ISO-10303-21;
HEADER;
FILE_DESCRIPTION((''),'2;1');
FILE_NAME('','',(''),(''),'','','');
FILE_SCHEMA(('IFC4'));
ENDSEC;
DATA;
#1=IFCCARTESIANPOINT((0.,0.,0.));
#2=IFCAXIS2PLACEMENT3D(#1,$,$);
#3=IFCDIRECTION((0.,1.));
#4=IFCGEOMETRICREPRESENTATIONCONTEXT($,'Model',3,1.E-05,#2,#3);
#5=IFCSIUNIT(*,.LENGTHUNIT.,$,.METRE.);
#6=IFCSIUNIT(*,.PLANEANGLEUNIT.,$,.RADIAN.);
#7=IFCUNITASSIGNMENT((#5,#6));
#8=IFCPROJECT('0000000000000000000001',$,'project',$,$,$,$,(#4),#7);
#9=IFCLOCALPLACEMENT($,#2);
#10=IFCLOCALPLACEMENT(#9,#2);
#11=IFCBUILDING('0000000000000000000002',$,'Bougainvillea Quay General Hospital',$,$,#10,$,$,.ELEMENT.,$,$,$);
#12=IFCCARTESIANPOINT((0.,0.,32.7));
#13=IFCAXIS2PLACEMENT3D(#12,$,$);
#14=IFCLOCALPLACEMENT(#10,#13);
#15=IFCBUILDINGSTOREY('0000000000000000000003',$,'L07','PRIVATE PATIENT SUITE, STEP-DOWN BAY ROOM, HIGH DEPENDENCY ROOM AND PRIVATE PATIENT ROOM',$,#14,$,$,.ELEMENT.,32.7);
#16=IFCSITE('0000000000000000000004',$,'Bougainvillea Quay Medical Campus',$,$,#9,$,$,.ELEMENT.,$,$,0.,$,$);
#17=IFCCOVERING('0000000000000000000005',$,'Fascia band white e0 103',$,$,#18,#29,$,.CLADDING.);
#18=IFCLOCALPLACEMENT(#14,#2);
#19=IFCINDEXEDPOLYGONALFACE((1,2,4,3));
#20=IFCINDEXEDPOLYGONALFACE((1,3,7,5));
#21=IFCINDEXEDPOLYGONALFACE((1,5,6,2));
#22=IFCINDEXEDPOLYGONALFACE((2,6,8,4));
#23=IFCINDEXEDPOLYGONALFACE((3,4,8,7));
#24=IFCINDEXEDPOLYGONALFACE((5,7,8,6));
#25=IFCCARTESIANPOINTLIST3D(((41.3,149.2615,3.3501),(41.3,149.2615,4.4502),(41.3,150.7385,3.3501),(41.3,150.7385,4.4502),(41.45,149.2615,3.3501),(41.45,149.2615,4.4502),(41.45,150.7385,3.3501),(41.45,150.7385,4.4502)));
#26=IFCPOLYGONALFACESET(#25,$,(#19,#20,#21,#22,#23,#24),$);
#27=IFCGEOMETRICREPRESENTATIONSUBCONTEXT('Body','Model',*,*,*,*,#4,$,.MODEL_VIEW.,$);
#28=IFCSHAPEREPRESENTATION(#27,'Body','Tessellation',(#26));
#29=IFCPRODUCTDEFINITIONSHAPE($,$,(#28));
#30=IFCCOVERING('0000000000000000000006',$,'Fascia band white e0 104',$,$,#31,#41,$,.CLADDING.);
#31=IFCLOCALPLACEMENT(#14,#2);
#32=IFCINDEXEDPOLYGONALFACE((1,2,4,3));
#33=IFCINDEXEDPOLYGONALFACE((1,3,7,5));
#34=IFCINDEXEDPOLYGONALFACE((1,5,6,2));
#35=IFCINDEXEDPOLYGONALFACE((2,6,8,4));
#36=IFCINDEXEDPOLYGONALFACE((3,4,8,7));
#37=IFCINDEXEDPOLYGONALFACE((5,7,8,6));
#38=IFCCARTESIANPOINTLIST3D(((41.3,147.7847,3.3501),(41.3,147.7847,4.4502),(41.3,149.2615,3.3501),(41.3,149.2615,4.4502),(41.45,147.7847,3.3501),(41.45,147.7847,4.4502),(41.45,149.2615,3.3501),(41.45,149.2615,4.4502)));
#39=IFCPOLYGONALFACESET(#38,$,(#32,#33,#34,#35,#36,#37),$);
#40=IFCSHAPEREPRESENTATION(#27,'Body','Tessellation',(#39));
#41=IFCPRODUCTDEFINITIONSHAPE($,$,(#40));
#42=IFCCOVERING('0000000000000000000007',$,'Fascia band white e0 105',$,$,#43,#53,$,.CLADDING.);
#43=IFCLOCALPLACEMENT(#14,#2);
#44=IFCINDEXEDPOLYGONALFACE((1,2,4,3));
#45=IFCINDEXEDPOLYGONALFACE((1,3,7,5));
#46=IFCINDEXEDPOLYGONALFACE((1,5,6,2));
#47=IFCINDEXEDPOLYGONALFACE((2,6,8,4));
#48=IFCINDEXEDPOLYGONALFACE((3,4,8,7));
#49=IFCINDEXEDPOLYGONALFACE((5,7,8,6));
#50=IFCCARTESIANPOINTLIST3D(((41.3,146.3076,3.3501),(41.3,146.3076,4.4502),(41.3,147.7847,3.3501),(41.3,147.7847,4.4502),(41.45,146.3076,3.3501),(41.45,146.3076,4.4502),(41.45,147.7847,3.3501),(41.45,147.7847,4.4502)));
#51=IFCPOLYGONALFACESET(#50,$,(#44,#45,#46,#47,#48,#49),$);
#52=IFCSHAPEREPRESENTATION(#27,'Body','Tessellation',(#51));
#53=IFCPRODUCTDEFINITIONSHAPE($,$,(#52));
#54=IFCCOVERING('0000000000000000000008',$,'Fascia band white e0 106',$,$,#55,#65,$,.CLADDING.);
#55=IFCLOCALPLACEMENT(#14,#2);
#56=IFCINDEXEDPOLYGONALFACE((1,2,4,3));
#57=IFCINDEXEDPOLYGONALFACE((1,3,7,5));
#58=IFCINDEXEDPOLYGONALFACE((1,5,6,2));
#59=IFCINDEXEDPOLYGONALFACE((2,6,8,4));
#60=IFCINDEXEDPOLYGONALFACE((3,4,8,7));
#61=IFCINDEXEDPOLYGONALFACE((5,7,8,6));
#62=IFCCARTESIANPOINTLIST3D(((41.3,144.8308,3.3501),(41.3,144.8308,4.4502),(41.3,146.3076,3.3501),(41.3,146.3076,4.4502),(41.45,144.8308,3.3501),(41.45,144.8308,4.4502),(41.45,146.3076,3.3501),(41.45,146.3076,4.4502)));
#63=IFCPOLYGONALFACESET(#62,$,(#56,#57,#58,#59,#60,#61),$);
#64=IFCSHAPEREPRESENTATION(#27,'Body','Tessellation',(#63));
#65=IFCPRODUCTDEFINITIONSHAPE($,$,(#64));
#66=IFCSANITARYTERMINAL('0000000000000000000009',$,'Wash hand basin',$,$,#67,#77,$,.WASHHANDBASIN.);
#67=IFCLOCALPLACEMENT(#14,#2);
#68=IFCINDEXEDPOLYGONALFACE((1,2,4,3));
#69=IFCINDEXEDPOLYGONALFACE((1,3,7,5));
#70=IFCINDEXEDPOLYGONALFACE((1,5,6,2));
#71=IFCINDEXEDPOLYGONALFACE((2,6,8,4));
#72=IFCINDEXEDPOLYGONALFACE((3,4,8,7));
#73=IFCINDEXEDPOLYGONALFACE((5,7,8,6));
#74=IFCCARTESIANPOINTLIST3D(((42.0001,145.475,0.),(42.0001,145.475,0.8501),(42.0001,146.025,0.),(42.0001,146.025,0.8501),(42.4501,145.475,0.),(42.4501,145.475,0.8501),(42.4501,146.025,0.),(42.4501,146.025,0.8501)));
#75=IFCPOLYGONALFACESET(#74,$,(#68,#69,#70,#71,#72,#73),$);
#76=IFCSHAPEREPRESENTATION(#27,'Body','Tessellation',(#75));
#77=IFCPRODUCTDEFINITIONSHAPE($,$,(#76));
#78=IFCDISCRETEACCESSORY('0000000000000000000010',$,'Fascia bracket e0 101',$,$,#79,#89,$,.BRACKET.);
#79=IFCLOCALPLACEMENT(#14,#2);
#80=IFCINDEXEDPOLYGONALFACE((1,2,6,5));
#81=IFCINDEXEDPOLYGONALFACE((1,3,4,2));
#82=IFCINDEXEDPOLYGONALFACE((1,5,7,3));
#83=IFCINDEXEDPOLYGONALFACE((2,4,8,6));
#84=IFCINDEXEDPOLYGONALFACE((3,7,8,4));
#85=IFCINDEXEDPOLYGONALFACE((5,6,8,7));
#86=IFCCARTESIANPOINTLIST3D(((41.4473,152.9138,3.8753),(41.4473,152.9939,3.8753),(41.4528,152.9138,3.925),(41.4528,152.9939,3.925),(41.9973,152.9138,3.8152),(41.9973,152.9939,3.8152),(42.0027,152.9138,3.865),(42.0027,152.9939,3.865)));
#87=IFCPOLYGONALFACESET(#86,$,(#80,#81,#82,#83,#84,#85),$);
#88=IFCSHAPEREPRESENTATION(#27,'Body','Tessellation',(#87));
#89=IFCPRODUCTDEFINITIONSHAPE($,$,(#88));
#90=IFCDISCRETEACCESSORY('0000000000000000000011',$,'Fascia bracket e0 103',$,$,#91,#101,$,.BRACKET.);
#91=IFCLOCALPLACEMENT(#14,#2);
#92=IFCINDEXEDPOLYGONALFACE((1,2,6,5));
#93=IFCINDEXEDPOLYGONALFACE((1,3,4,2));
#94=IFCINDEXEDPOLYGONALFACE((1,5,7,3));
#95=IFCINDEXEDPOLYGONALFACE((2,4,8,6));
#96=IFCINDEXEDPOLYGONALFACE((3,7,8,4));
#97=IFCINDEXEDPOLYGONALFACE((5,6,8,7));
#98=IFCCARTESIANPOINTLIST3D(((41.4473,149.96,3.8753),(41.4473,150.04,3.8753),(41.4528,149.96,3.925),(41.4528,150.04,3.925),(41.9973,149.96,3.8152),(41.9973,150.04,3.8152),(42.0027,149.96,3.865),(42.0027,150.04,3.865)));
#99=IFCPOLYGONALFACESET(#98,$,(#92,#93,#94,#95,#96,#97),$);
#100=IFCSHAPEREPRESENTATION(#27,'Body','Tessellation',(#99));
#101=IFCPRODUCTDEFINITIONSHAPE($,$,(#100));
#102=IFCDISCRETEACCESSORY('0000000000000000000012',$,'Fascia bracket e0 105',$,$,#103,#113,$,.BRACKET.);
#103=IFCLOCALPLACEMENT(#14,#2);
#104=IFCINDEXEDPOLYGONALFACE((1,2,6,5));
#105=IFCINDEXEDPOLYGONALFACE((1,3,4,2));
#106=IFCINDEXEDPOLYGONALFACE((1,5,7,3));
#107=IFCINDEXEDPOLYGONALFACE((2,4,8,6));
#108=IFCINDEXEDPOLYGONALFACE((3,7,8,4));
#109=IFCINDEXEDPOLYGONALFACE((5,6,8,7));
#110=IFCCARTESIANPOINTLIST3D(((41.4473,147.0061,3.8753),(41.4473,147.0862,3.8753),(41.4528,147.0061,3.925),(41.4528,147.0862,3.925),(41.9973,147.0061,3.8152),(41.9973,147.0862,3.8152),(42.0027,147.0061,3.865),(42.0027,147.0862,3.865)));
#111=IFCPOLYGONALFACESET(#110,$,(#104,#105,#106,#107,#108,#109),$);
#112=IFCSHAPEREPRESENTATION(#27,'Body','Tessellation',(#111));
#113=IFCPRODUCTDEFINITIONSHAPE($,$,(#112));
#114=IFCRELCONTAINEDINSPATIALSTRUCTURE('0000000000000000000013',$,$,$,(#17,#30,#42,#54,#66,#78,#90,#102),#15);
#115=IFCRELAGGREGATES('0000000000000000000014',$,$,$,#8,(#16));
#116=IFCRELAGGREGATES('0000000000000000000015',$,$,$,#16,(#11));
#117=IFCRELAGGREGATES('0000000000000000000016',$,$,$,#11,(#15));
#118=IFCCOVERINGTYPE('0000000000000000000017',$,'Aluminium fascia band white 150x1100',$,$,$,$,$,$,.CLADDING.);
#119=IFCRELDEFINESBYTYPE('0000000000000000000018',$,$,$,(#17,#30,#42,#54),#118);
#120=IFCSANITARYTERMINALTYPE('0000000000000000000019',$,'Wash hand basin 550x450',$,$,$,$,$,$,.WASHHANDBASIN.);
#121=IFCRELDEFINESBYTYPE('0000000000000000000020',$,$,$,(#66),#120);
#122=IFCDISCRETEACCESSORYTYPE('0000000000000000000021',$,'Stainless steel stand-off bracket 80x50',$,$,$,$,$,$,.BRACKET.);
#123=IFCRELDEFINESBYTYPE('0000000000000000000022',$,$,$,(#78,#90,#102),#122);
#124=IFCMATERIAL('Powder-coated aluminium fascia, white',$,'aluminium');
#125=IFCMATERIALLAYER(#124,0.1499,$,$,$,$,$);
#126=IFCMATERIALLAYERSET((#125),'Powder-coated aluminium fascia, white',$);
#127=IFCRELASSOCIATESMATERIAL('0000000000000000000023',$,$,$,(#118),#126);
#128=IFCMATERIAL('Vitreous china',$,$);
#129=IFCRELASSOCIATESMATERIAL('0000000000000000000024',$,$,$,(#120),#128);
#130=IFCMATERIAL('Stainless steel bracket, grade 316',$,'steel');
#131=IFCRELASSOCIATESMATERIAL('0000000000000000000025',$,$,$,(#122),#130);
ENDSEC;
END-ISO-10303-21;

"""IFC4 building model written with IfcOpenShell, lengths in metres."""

from ifc_helpers import new_model, si_unit, direction, frame, origin, origin_2d, place, context, subcontext, project, spatial, polyline, rectangle, outline, extrude, material, layer, layer_set, material_profile, profile_set, type_object, element, save


model = new_model("IFC4")

# Units and contexts
model_context = context("Model", 3, precision=1e-05, world=origin(), true_north=direction((0.0, 1.0)))
body_context = subcontext(model_context, "Body", "Model", "MODEL_VIEW")
ifc_project = project(units=[si_unit("LENGTHUNIT", "METRE"), si_unit("PLANEANGLEUNIT", "RADIAN")], contexts=[model_context])

# Site, building, storey
site_placement = place(None, origin())
site = spatial("IfcSite", under=ifc_project, at=site_placement, Name="Bougainvillea Quay Medical Campus", CompositionType="ELEMENT", RefElevation=0.0)
building_placement = place(site_placement, origin())
building = spatial("IfcBuilding", under=site, at=building_placement, Name="Bougainvillea Quay General Hospital", CompositionType="ELEMENT")
storey_placement = place(building_placement, frame((0.0, 0.0, 32.7)))
storey = spatial("IfcBuildingStorey", under=building, at=storey_placement, Name="L07", Description="PRIVATE PATIENT SUITE, STEP-DOWN BAY ROOM, HIGH DEPENDENCY ROOM AND PRIVATE PATIENT ROOM", CompositionType="ELEMENT", Elevation=32.7)

# Coverings
ifc_material_1 = material(Name="Powder-coated aluminium fascia, white", Category="aluminium")
ifc_layer_1 = layer(ifc_material_1, 0.1499)
ifc_layer_set_1 = layer_set([ifc_layer_1], Name="Powder-coated aluminium fascia, white")
covering_type = type_object("IfcCoveringType", Name="Aluminium fascia band white 150x1100", PredefinedType="CLADDING", material=ifc_layer_set_1)
covering_1_placement = place(storey_placement, frame((41.45, 150.7385, 3.3501), z_axis=(0.0, 0.0, 1.0), x_axis=(0.0, -1.0, 0.0)))
element("IfcCovering", 1, at=covering_1_placement, inside=storey, type_object=covering_type, Name="Fascia band white e0 103", PredefinedType="CLADDING", context=body_context, shape_type="SweptSolid", body=[
    extrude(outline(polyline([(0.0, 0.0), (1.4771, 0.0), (1.4771, -0.1499), (0.0, -0.1499), (0.0, 0.0)])), origin(), (0.0, 0.0, 1.0), 1.1001),
])
covering_2_placement = place(storey_placement, frame((41.45, 149.2615, 3.3501), z_axis=(0.0, 0.0, 1.0), x_axis=(0.0, -1.0, 0.0)))
element("IfcCovering", 2, at=covering_2_placement, inside=storey, type_object=covering_type, Name="Fascia band white e0 104", PredefinedType="CLADDING", context=body_context, shape_type="SweptSolid", body=[
    extrude(outline(polyline([(0.0, 0.0), (1.4768, 0.0), (1.4768, -0.1499), (0.0, -0.1499), (0.0, 0.0)])), origin(), (0.0, 0.0, 1.0), 1.1001),
])
covering_3_placement = place(storey_placement, frame((41.45, 147.7847, 3.3501), z_axis=(0.0, 0.0, 1.0), x_axis=(0.0, -1.0, 0.0)))
element("IfcCovering", 3, at=covering_3_placement, inside=storey, type_object=covering_type, Name="Fascia band white e0 105", PredefinedType="CLADDING", context=body_context, shape_type="SweptSolid", body=[
    extrude(outline(polyline([(0.0, 0.0), (1.4771, 0.0), (1.4771, -0.1499), (0.0, -0.1499), (0.0, 0.0)])), origin(), (0.0, 0.0, 1.0), 1.1001),
])
covering_4_placement = place(storey_placement, frame((41.45, 146.3076, 3.3501), z_axis=(0.0, 0.0, 1.0), x_axis=(0.0, -1.0, 0.0)))
element("IfcCovering", 4, at=covering_4_placement, inside=storey, type_object=covering_type, Name="Fascia band white e0 106", PredefinedType="CLADDING", context=body_context, shape_type="SweptSolid", body=[
    extrude(outline(polyline([(0.0, 0.0), (1.4768, 0.0), (1.4768, -0.1499), (0.0, -0.1499), (0.0, 0.0)])), origin(), (0.0, 0.0, 1.0), 1.1001),
])

# Sanitary terminal
ifc_material_2 = material(Name="Vitreous china")
sanitary_terminal_type = type_object("IfcSanitaryTerminalType", Name="Wash hand basin 550x450", PredefinedType="WASHHANDBASIN", material=ifc_material_2)
sanitary_terminal_placement = place(storey_placement, frame((42.2251, 145.75, 0.0), z_axis=(0.0, 0.0, 1.0), x_axis=(0.0, 1.0, 0.0)))
element("IfcSanitaryTerminal", 5, at=sanitary_terminal_placement, inside=storey, type_object=sanitary_terminal_type, Name="Wash hand basin", PredefinedType="WASHHANDBASIN", context=body_context, shape_type="SweptSolid", body=[
    extrude(rectangle(XDim=0.55, YDim=0.45, at=origin_2d()), origin(), (0.0, 0.0, 1.0), 0.8501),
])

# Discrete accessories
ifc_material_3 = material(Name="Stainless steel bracket, grade 316", Category="steel")
ifc_material_profile_1 = material_profile(ifc_material_3, rectangle(XDim=0.0801, YDim=0.05, at=origin_2d()))
ifc_profile_set_1 = profile_set([ifc_material_profile_1], Name="Stainless steel bracket, grade 316")
discrete_accessory_type = type_object("IfcDiscreteAccessoryType", Name="Stainless steel stand-off bracket 80x50", PredefinedType="BRACKET", material=ifc_profile_set_1)
for number, where, z_axis, x_axis, name in (
    (6, (42.0, 152.9539, 3.8401), (-0.994092, 0.0, 0.108543), (0.0, -1.0, 0.0), "Fascia bracket e0 101"),
    (7, (42.0, 150.0, 3.8401), (-0.994092, 0.0, 0.108543), (0.0, -1.0, 0.0), "Fascia bracket e0 103"),
    (8, (42.0, 147.0461, 3.8401), (-0.994092, 0.0, 0.108543), (0.0, -1.0, 0.0), "Fascia bracket e0 105"),
):
    element("IfcDiscreteAccessory", number, at=place(storey_placement, frame(where, z_axis=z_axis, x_axis=x_axis)), inside=storey, type_object=discrete_accessory_type, Name=name, PredefinedType="BRACKET", context=body_context, shape_type="SweptSolid", body=[
        extrude(rectangle(XDim=0.0801, YDim=0.05, at=origin_2d()), origin(), (0.0, 0.0, 1.0), 0.5532),
    ])

save(model, "model.ifc")
